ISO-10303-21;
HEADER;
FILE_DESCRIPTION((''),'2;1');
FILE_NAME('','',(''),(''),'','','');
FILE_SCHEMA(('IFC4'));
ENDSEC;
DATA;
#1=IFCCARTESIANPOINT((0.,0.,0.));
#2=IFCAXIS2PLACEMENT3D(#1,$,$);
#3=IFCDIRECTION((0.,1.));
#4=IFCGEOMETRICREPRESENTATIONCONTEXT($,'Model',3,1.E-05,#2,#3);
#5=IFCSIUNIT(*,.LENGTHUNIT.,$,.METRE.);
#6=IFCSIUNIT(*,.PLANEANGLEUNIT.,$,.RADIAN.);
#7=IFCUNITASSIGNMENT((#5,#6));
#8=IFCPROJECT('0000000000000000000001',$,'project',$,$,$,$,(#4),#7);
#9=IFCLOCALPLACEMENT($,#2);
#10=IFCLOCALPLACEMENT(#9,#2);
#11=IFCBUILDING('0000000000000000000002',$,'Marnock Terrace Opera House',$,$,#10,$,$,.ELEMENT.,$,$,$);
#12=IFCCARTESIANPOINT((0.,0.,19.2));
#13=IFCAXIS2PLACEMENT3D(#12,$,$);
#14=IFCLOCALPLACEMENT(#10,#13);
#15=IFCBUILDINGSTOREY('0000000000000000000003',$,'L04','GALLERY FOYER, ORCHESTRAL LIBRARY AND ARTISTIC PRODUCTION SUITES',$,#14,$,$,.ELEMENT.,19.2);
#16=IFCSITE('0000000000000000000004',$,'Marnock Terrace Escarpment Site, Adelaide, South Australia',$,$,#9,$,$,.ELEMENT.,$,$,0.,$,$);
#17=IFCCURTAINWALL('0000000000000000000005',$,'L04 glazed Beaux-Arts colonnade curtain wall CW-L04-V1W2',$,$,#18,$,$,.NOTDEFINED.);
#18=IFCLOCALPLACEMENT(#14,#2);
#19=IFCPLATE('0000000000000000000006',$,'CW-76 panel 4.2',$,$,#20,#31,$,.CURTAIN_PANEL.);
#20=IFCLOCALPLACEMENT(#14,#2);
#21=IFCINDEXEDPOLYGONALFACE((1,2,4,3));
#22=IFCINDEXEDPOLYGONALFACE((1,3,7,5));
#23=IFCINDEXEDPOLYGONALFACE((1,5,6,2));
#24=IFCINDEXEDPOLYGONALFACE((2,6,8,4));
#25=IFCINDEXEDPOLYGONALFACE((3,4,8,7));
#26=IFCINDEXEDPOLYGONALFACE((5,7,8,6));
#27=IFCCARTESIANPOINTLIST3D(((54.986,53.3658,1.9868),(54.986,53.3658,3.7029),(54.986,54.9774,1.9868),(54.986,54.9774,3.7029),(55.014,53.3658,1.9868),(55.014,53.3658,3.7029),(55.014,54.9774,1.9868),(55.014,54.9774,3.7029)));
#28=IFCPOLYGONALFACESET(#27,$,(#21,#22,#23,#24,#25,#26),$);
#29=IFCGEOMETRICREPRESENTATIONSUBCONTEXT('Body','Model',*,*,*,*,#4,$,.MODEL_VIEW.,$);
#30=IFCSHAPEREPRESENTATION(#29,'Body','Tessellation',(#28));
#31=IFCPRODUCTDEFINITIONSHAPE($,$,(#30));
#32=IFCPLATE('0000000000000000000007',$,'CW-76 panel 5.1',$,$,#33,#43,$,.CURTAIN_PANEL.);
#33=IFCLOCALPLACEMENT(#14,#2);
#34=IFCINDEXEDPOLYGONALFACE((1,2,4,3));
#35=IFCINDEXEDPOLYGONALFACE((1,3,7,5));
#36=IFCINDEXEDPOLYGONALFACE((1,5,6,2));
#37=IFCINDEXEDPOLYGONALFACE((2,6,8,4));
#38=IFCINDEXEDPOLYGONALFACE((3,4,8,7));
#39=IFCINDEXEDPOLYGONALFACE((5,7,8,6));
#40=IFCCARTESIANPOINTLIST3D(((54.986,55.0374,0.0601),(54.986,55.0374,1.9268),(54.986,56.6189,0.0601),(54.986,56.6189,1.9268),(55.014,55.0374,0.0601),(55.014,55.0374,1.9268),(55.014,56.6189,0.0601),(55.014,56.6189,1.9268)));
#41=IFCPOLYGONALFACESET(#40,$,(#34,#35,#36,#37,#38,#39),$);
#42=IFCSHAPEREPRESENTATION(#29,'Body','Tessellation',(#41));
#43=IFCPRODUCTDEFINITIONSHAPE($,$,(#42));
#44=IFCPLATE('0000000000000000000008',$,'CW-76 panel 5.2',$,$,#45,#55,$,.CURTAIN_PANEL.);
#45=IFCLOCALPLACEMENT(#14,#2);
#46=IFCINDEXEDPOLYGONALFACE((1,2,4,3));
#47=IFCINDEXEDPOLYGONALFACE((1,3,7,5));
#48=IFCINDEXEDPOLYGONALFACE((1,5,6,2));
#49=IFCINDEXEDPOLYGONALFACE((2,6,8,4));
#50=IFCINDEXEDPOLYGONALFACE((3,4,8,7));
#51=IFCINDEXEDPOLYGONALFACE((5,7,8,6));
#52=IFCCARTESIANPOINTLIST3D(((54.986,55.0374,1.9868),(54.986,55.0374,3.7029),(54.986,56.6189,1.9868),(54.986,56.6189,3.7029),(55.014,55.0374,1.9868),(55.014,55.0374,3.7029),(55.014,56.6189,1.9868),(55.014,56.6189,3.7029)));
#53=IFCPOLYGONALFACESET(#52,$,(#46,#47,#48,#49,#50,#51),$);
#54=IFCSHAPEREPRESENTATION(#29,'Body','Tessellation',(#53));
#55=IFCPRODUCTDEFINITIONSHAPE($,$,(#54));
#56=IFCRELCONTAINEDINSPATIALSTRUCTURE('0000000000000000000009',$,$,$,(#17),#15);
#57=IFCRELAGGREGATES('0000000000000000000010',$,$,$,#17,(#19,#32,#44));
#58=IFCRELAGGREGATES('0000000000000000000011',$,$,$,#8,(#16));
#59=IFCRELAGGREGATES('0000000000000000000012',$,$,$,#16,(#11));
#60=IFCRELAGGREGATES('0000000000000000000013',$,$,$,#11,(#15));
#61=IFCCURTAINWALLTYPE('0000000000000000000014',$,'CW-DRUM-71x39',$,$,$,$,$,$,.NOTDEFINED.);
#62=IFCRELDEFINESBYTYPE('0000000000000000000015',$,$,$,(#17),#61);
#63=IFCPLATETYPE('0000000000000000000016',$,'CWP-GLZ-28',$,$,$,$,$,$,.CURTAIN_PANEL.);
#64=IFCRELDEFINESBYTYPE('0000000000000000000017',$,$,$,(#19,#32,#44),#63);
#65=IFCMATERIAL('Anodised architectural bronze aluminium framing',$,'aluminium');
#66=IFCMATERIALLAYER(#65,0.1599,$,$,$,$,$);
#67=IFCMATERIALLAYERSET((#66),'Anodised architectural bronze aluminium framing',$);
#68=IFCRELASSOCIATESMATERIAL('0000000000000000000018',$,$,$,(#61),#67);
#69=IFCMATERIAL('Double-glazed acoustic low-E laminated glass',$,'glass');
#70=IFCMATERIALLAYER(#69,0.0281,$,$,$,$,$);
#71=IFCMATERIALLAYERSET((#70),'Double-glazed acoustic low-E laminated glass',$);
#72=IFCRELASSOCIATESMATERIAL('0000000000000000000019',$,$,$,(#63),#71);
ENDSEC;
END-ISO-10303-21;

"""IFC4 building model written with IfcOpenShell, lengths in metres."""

from ifc_helpers import new_model, si_unit, direction, frame, origin, origin_2d, place, context, subcontext, project, spatial, rectangle, extrude, material, layer, layer_set, type_object, element, aggregate, save


model = new_model("IFC4")

# Units and contexts
model_context = context("Model", 3, precision=1e-05, world=origin(), true_north=direction((0.0, 1.0)))
body_context = subcontext(model_context, "Body", "Model", "MODEL_VIEW")
ifc_project = project(units=[si_unit("LENGTHUNIT", "METRE"), si_unit("PLANEANGLEUNIT", "RADIAN")], contexts=[model_context])

# Site, building, storey
site_placement = place(None, origin())
site = spatial("IfcSite", under=ifc_project, at=site_placement, Name="Marnock Terrace Escarpment Site, Adelaide, South Australia", CompositionType="ELEMENT", RefElevation=0.0)
building_placement = place(site_placement, origin())
building = spatial("IfcBuilding", under=site, at=building_placement, Name="Marnock Terrace Opera House", CompositionType="ELEMENT")
storey_placement = place(building_placement, frame((0.0, 0.0, 19.2)))
storey = spatial("IfcBuildingStorey", under=building, at=storey_placement, Name="L04", Description="GALLERY FOYER, ORCHESTRAL LIBRARY AND ARTISTIC PRODUCTION SUITES", CompositionType="ELEMENT", Elevation=19.2)

# Curtain wall
ifc_material_1 = material(Name="Anodised architectural bronze aluminium framing", Category="aluminium")
ifc_layer_1 = layer(ifc_material_1, 0.1599)
ifc_layer_set_1 = layer_set([ifc_layer_1], Name="Anodised architectural bronze aluminium framing")
curtain_wall_type = type_object("IfcCurtainWallType", Name="CW-DRUM-71x39", PredefinedType="NOTDEFINED", material=ifc_layer_set_1)
curtain_wall_1_placement = place(storey_placement, origin())
curtain_wall_1 = element("IfcCurtainWall", 1, at=curtain_wall_1_placement, inside=storey, type_object=curtain_wall_type, Name="L04 glazed Beaux-Arts colonnade curtain wall CW-L04-V1W2", PredefinedType="NOTDEFINED")

# Plates
ifc_material_2 = material(Name="Double-glazed acoustic low-E laminated glass", Category="glass")
ifc_layer_2 = layer(ifc_material_2, 0.0281)
ifc_layer_set_2 = layer_set([ifc_layer_2], Name="Double-glazed acoustic low-E laminated glass")
plate_type = type_object("IfcPlateType", Name="CWP-GLZ-28", PredefinedType="CURTAIN_PANEL", material=ifc_layer_set_2)
plate_1_placement = place(storey_placement, frame((55.0, 54.1716, 1.9868), z_axis=(0.0, 0.0, 1.0), x_axis=(0.0, 1.0, 0.0)))
plate_1 = element("IfcPlate", 2, at=plate_1_placement, type_object=plate_type, Name="CW-76 panel 4.2", PredefinedType="CURTAIN_PANEL", context=body_context, shape_type="SweptSolid", body=[
    extrude(rectangle(XDim=1.6116, YDim=0.0281, at=origin_2d()), origin(), (0.0, 0.0, 1.0), 1.7161),
])
plate_2_placement = place(storey_placement, frame((55.0, 55.8281, 0.0601), z_axis=(0.0, 0.0, 1.0), x_axis=(0.0, 1.0, 0.0)))
plate_2 = element("IfcPlate", 3, at=plate_2_placement, type_object=plate_type, Name="CW-76 panel 5.1", PredefinedType="CURTAIN_PANEL", context=body_context, shape_type="SweptSolid", body=[
    extrude(rectangle(XDim=1.5815, YDim=0.0281, at=origin_2d()), origin(), (0.0, 0.0, 1.0), 1.8667),
])
plate_3_placement = place(storey_placement, frame((55.0, 55.8281, 1.9868), z_axis=(0.0, 0.0, 1.0), x_axis=(0.0, 1.0, 0.0)))
plate_3 = element("IfcPlate", 4, at=plate_3_placement, type_object=plate_type, Name="CW-76 panel 5.2", PredefinedType="CURTAIN_PANEL", context=body_context, shape_type="SweptSolid", body=[
    extrude(rectangle(XDim=1.5815, YDim=0.0281, at=origin_2d()), origin(), (0.0, 0.0, 1.0), 1.7161),
])
aggregate(curtain_wall_1, [plate_1, plate_2, plate_3])

save(model, "model.ifc")
